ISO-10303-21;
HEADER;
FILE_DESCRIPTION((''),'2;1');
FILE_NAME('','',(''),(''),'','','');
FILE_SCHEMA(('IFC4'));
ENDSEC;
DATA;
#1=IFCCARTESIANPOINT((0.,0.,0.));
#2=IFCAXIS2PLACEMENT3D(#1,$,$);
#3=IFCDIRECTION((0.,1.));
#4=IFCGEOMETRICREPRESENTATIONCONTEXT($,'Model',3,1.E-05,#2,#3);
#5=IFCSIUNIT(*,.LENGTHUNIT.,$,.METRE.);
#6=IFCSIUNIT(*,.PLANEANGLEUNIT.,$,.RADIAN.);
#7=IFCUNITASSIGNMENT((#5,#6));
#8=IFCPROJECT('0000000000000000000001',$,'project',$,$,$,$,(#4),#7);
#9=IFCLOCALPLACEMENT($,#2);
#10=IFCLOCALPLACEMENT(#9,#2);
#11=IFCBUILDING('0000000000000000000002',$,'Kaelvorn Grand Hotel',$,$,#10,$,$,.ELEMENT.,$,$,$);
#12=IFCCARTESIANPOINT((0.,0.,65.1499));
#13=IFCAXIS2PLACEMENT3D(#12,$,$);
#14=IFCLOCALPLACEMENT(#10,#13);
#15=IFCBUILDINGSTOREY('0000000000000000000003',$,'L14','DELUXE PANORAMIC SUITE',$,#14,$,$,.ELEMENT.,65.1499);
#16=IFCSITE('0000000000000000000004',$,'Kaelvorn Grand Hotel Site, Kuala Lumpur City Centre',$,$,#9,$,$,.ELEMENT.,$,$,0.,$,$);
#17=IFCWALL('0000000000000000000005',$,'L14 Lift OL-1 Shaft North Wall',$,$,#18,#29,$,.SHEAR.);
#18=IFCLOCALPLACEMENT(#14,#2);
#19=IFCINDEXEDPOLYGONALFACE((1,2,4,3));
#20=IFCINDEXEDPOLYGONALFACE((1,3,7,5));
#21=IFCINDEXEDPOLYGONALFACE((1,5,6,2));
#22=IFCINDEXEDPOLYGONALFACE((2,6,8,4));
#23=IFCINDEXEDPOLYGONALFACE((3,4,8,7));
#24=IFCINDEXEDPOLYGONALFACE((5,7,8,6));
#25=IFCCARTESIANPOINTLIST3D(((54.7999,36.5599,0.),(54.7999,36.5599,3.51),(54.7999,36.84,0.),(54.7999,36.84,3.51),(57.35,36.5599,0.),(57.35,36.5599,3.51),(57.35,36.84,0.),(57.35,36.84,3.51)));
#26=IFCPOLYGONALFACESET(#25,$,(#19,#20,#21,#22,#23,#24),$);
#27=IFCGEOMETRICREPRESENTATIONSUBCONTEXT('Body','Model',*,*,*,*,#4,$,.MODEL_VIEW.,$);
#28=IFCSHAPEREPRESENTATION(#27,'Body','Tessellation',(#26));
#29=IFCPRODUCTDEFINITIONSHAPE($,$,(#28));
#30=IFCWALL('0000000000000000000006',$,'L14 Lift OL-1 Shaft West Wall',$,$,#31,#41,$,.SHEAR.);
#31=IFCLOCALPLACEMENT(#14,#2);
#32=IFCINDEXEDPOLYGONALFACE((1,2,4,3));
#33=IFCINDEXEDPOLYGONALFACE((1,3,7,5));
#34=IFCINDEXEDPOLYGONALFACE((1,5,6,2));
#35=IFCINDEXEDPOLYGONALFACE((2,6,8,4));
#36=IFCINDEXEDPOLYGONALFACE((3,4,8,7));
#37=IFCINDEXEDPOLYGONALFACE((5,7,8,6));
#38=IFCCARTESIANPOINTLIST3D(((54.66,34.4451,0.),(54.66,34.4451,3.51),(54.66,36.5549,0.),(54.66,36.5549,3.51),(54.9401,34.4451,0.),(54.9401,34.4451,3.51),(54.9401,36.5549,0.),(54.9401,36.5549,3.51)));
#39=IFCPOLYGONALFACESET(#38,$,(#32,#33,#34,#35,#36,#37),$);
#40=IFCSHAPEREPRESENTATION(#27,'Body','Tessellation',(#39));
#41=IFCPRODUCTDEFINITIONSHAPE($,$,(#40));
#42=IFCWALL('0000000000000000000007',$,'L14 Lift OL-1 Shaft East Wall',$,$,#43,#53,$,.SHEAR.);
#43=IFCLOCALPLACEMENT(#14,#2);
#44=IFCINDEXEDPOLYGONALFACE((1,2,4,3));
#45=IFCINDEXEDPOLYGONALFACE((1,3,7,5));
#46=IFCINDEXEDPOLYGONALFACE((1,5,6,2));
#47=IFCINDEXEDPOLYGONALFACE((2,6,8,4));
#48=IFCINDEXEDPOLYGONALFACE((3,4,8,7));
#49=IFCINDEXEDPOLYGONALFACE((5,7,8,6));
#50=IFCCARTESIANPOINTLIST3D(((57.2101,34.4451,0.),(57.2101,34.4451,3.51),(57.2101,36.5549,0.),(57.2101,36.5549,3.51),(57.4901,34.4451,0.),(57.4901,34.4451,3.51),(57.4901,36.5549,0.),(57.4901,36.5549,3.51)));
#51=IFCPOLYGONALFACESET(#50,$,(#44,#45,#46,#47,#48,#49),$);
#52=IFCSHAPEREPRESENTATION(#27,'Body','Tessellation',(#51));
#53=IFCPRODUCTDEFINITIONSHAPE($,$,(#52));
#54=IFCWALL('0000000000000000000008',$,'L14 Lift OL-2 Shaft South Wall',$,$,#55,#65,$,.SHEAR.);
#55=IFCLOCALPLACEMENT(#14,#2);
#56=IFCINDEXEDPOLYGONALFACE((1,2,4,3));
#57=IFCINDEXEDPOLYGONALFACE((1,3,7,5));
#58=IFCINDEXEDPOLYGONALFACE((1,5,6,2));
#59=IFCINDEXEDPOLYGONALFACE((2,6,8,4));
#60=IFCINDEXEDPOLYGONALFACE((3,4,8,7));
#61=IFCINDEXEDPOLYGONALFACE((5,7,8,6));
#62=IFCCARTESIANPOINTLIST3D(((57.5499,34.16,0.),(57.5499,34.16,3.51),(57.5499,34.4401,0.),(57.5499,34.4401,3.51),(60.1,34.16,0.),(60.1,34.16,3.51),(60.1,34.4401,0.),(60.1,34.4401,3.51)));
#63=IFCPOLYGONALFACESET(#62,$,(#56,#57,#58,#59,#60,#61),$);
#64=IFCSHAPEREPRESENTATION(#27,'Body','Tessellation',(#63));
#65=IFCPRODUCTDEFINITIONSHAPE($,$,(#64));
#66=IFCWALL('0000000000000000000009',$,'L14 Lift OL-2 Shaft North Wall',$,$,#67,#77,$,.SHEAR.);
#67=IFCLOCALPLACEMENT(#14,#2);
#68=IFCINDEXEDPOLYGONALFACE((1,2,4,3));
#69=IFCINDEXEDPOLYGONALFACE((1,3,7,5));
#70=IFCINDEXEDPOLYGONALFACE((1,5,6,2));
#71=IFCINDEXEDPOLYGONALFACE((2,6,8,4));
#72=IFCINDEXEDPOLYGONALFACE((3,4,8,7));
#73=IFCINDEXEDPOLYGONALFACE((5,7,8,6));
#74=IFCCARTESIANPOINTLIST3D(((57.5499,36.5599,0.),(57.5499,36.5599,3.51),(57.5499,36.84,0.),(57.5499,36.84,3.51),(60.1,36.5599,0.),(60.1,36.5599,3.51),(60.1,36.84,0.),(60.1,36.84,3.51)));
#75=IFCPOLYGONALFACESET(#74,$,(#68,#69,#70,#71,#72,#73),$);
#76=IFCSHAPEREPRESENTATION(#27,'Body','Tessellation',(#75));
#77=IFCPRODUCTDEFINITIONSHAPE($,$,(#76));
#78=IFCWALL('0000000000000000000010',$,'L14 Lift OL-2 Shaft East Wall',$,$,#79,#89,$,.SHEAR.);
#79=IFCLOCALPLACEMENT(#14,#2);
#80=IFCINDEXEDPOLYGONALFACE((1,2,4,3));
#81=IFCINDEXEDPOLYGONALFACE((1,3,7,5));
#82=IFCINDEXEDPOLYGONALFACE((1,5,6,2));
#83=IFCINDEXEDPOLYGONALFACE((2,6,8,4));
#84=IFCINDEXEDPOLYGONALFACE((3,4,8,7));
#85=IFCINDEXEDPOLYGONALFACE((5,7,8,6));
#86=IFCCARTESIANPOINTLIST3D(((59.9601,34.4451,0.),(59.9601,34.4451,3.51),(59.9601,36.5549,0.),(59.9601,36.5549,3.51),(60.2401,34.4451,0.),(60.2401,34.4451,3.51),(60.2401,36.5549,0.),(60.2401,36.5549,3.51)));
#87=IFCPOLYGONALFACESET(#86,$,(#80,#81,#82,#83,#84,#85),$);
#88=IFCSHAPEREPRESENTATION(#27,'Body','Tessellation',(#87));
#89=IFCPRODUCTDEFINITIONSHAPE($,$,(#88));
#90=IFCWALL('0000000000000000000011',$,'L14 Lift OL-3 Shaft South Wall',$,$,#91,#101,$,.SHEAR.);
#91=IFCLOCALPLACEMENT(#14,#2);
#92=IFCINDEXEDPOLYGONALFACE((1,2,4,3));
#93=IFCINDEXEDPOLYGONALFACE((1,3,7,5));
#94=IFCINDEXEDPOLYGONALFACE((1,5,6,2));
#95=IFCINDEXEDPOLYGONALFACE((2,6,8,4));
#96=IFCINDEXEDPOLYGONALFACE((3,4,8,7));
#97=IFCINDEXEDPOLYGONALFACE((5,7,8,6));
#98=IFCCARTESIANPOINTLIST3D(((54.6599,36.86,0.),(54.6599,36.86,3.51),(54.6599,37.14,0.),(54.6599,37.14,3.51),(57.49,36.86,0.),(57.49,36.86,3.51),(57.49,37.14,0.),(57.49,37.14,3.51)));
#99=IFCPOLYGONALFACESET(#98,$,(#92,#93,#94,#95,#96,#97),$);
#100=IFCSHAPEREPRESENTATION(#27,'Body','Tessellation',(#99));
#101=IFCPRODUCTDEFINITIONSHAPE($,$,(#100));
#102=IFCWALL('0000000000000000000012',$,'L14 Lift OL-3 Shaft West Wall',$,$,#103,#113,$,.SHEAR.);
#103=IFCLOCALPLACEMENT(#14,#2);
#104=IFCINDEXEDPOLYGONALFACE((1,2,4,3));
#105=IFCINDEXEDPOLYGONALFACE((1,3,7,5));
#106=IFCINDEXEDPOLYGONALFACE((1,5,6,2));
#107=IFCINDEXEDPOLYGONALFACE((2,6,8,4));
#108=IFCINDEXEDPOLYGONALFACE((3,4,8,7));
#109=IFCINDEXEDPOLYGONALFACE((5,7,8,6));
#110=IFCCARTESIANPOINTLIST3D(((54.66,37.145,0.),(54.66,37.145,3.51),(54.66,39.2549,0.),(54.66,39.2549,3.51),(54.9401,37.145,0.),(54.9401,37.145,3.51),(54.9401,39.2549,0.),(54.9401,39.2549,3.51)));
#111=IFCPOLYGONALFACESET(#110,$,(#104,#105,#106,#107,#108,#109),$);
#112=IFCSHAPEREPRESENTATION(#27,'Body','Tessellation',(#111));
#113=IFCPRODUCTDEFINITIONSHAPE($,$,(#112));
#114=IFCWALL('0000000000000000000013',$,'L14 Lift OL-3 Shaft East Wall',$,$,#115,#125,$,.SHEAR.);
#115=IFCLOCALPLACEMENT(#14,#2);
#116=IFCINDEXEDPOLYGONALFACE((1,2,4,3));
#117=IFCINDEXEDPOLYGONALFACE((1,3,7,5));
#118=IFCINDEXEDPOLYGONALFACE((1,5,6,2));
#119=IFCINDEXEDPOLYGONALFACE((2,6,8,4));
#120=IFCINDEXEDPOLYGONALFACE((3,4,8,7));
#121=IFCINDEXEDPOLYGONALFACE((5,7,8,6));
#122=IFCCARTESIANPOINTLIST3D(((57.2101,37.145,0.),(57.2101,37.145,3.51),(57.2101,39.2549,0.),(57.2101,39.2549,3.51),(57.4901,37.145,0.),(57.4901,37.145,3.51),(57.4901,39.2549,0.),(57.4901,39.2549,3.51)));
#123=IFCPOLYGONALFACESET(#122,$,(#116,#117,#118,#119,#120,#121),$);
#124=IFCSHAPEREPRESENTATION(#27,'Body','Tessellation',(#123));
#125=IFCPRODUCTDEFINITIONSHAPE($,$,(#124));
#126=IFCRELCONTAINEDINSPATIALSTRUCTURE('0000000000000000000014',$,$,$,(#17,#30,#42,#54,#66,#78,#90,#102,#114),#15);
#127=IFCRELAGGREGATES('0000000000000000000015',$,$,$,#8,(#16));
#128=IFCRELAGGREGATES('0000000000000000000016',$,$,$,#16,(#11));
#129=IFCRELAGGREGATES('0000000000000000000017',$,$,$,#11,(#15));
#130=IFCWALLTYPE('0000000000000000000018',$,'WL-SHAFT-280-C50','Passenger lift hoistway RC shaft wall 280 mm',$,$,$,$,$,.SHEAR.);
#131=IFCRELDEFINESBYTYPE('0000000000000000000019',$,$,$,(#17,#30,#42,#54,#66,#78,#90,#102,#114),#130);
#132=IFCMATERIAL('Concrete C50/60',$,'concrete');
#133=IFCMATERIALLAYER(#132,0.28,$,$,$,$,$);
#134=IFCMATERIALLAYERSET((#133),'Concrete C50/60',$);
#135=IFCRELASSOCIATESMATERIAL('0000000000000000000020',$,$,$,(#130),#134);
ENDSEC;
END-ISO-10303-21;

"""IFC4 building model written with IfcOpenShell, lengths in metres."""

from ifc_helpers import new_model, si_unit, direction, frame, frame_2d, origin, place, context, subcontext, project, spatial, rectangle, extrude, material, layer, layer_set, type_object, element, save


model = new_model("IFC4")

# Units and contexts
model_context = context("Model", 3, precision=1e-05, world=origin(), true_north=direction((0.0, 1.0)))
body_context = subcontext(model_context, "Body", "Model", "MODEL_VIEW")
ifc_project = project(units=[si_unit("LENGTHUNIT", "METRE"), si_unit("PLANEANGLEUNIT", "RADIAN")], contexts=[model_context])

# Site, building, storey
site_placement = place(None, origin())
site = spatial("IfcSite", under=ifc_project, at=site_placement, Name="Kaelvorn Grand Hotel Site, Kuala Lumpur City Centre", CompositionType="ELEMENT", RefElevation=0.0)
building_placement = place(site_placement, origin())
building = spatial("IfcBuilding", under=site, at=building_placement, Name="Kaelvorn Grand Hotel", CompositionType="ELEMENT")
storey_placement = place(building_placement, frame((0.0, 0.0, 65.1499)))
storey = spatial("IfcBuildingStorey", under=building, at=storey_placement, Name="L14", Description="DELUXE PANORAMIC SUITE", CompositionType="ELEMENT", Elevation=65.1499)

# Walls
ifc_material_1 = material(Name="Concrete C50/60", Category="concrete")
ifc_layer_1 = layer(ifc_material_1, 0.28)
ifc_layer_set_1 = layer_set([ifc_layer_1], Name="Concrete C50/60")
wall_type_1 = type_object("IfcWallType", Name="WL-SHAFT-280-C50", Description="Passenger lift hoistway RC shaft wall 280 mm", PredefinedType="SHEAR", material=ifc_layer_set_1)
for number, where, z_axis, x_axis, name in (
    (1, (54.8, 36.7, 0.0), (0.0, 0.0, 1.0), (1.0, 0.0, 0.0), "L14 Lift OL-1 Shaft North Wall"),
):
    element("IfcWall", number, at=place(storey_placement, frame(where, z_axis=z_axis, x_axis=x_axis)), inside=storey, type_object=wall_type_1, Name=name, PredefinedType="SHEAR", context=body_context, shape_type="SweptSolid", body=[
        extrude(rectangle(XDim=2.55, YDim=0.28, at=frame_2d((1.2749, 0.0))), origin(), (0.0, 0.0, 1.0), 3.51),
    ])
for number, where, z_axis, x_axis, name in (
    (2, (54.8, 34.4451, 0.0), (0.0, 0.0, 1.0), (0.0, 1.0, 0.0), "L14 Lift OL-1 Shaft West Wall"),
    (3, (57.3501, 34.4451, 0.0), (0.0, 0.0, 1.0), (0.0, 1.0, 0.0), "L14 Lift OL-1 Shaft East Wall"),
):
    element("IfcWall", number, at=place(storey_placement, frame(where, z_axis=z_axis, x_axis=x_axis)), inside=storey, type_object=wall_type_1, Name=name, PredefinedType="SHEAR", context=body_context, shape_type="SweptSolid", body=[
        extrude(rectangle(XDim=2.1099, YDim=0.28, at=frame_2d((1.0549, 0.0))), origin(), (0.0, 0.0, 1.0), 3.51),
    ])
for number, where, z_axis, x_axis, name in (
    (4, (57.55, 34.3, 0.0), (0.0, 0.0, 1.0), (1.0, 0.0, 0.0), "L14 Lift OL-2 Shaft South Wall"),
    (5, (57.55, 36.7, 0.0), (0.0, 0.0, 1.0), (1.0, 0.0, 0.0), "L14 Lift OL-2 Shaft North Wall"),
):
    element("IfcWall", number, at=place(storey_placement, frame(where, z_axis=z_axis, x_axis=x_axis)), inside=storey, type_object=wall_type_1, Name=name, PredefinedType="SHEAR", context=body_context, shape_type="SweptSolid", body=[
        extrude(rectangle(XDim=2.55, YDim=0.28, at=frame_2d((1.2749, 0.0))), origin(), (0.0, 0.0, 1.0), 3.51),
    ])
wall_1_placement = place(storey_placement, frame((60.1001, 34.4451, 0.0), z_axis=(0.0, 0.0, 1.0), x_axis=(0.0, 1.0, 0.0)))
element("IfcWall", 6, at=wall_1_placement, inside=storey, type_object=wall_type_1, Name="L14 Lift OL-2 Shaft East Wall", PredefinedType="SHEAR", context=body_context, shape_type="SweptSolid", body=[
    extrude(rectangle(XDim=2.1099, YDim=0.28, at=frame_2d((1.0549, 0.0))), origin(), (0.0, 0.0, 1.0), 3.51),
])
wall_2_placement = place(storey_placement, frame((54.6599, 37.0, 0.0), z_axis=(0.0, 0.0, 1.0), x_axis=(1.0, 0.0, 0.0)))
element("IfcWall", 7, at=wall_2_placement, inside=storey, type_object=wall_type_1, Name="L14 Lift OL-3 Shaft South Wall", PredefinedType="SHEAR", context=body_context, shape_type="SweptSolid", body=[
    extrude(rectangle(XDim=2.8301, YDim=0.28, at=frame_2d((1.415, 0.0))), origin(), (0.0, 0.0, 1.0), 3.51),
])
for number, where, z_axis, x_axis, name in (
    (8, (54.8, 37.145, 0.0), (0.0, 0.0, 1.0), (0.0, 1.0, 0.0), "L14 Lift OL-3 Shaft West Wall"),
    (9, (57.3501, 37.145, 0.0), (0.0, 0.0, 1.0), (0.0, 1.0, 0.0), "L14 Lift OL-3 Shaft East Wall"),
):
    element("IfcWall", number, at=place(storey_placement, frame(where, z_axis=z_axis, x_axis=x_axis)), inside=storey, type_object=wall_type_1, Name=name, PredefinedType="SHEAR", context=body_context, shape_type="SweptSolid", body=[
        extrude(rectangle(XDim=2.1099, YDim=0.28, at=frame_2d((1.0549, 0.0))), origin(), (0.0, 0.0, 1.0), 3.51),
    ])

save(model, "model.ifc")
